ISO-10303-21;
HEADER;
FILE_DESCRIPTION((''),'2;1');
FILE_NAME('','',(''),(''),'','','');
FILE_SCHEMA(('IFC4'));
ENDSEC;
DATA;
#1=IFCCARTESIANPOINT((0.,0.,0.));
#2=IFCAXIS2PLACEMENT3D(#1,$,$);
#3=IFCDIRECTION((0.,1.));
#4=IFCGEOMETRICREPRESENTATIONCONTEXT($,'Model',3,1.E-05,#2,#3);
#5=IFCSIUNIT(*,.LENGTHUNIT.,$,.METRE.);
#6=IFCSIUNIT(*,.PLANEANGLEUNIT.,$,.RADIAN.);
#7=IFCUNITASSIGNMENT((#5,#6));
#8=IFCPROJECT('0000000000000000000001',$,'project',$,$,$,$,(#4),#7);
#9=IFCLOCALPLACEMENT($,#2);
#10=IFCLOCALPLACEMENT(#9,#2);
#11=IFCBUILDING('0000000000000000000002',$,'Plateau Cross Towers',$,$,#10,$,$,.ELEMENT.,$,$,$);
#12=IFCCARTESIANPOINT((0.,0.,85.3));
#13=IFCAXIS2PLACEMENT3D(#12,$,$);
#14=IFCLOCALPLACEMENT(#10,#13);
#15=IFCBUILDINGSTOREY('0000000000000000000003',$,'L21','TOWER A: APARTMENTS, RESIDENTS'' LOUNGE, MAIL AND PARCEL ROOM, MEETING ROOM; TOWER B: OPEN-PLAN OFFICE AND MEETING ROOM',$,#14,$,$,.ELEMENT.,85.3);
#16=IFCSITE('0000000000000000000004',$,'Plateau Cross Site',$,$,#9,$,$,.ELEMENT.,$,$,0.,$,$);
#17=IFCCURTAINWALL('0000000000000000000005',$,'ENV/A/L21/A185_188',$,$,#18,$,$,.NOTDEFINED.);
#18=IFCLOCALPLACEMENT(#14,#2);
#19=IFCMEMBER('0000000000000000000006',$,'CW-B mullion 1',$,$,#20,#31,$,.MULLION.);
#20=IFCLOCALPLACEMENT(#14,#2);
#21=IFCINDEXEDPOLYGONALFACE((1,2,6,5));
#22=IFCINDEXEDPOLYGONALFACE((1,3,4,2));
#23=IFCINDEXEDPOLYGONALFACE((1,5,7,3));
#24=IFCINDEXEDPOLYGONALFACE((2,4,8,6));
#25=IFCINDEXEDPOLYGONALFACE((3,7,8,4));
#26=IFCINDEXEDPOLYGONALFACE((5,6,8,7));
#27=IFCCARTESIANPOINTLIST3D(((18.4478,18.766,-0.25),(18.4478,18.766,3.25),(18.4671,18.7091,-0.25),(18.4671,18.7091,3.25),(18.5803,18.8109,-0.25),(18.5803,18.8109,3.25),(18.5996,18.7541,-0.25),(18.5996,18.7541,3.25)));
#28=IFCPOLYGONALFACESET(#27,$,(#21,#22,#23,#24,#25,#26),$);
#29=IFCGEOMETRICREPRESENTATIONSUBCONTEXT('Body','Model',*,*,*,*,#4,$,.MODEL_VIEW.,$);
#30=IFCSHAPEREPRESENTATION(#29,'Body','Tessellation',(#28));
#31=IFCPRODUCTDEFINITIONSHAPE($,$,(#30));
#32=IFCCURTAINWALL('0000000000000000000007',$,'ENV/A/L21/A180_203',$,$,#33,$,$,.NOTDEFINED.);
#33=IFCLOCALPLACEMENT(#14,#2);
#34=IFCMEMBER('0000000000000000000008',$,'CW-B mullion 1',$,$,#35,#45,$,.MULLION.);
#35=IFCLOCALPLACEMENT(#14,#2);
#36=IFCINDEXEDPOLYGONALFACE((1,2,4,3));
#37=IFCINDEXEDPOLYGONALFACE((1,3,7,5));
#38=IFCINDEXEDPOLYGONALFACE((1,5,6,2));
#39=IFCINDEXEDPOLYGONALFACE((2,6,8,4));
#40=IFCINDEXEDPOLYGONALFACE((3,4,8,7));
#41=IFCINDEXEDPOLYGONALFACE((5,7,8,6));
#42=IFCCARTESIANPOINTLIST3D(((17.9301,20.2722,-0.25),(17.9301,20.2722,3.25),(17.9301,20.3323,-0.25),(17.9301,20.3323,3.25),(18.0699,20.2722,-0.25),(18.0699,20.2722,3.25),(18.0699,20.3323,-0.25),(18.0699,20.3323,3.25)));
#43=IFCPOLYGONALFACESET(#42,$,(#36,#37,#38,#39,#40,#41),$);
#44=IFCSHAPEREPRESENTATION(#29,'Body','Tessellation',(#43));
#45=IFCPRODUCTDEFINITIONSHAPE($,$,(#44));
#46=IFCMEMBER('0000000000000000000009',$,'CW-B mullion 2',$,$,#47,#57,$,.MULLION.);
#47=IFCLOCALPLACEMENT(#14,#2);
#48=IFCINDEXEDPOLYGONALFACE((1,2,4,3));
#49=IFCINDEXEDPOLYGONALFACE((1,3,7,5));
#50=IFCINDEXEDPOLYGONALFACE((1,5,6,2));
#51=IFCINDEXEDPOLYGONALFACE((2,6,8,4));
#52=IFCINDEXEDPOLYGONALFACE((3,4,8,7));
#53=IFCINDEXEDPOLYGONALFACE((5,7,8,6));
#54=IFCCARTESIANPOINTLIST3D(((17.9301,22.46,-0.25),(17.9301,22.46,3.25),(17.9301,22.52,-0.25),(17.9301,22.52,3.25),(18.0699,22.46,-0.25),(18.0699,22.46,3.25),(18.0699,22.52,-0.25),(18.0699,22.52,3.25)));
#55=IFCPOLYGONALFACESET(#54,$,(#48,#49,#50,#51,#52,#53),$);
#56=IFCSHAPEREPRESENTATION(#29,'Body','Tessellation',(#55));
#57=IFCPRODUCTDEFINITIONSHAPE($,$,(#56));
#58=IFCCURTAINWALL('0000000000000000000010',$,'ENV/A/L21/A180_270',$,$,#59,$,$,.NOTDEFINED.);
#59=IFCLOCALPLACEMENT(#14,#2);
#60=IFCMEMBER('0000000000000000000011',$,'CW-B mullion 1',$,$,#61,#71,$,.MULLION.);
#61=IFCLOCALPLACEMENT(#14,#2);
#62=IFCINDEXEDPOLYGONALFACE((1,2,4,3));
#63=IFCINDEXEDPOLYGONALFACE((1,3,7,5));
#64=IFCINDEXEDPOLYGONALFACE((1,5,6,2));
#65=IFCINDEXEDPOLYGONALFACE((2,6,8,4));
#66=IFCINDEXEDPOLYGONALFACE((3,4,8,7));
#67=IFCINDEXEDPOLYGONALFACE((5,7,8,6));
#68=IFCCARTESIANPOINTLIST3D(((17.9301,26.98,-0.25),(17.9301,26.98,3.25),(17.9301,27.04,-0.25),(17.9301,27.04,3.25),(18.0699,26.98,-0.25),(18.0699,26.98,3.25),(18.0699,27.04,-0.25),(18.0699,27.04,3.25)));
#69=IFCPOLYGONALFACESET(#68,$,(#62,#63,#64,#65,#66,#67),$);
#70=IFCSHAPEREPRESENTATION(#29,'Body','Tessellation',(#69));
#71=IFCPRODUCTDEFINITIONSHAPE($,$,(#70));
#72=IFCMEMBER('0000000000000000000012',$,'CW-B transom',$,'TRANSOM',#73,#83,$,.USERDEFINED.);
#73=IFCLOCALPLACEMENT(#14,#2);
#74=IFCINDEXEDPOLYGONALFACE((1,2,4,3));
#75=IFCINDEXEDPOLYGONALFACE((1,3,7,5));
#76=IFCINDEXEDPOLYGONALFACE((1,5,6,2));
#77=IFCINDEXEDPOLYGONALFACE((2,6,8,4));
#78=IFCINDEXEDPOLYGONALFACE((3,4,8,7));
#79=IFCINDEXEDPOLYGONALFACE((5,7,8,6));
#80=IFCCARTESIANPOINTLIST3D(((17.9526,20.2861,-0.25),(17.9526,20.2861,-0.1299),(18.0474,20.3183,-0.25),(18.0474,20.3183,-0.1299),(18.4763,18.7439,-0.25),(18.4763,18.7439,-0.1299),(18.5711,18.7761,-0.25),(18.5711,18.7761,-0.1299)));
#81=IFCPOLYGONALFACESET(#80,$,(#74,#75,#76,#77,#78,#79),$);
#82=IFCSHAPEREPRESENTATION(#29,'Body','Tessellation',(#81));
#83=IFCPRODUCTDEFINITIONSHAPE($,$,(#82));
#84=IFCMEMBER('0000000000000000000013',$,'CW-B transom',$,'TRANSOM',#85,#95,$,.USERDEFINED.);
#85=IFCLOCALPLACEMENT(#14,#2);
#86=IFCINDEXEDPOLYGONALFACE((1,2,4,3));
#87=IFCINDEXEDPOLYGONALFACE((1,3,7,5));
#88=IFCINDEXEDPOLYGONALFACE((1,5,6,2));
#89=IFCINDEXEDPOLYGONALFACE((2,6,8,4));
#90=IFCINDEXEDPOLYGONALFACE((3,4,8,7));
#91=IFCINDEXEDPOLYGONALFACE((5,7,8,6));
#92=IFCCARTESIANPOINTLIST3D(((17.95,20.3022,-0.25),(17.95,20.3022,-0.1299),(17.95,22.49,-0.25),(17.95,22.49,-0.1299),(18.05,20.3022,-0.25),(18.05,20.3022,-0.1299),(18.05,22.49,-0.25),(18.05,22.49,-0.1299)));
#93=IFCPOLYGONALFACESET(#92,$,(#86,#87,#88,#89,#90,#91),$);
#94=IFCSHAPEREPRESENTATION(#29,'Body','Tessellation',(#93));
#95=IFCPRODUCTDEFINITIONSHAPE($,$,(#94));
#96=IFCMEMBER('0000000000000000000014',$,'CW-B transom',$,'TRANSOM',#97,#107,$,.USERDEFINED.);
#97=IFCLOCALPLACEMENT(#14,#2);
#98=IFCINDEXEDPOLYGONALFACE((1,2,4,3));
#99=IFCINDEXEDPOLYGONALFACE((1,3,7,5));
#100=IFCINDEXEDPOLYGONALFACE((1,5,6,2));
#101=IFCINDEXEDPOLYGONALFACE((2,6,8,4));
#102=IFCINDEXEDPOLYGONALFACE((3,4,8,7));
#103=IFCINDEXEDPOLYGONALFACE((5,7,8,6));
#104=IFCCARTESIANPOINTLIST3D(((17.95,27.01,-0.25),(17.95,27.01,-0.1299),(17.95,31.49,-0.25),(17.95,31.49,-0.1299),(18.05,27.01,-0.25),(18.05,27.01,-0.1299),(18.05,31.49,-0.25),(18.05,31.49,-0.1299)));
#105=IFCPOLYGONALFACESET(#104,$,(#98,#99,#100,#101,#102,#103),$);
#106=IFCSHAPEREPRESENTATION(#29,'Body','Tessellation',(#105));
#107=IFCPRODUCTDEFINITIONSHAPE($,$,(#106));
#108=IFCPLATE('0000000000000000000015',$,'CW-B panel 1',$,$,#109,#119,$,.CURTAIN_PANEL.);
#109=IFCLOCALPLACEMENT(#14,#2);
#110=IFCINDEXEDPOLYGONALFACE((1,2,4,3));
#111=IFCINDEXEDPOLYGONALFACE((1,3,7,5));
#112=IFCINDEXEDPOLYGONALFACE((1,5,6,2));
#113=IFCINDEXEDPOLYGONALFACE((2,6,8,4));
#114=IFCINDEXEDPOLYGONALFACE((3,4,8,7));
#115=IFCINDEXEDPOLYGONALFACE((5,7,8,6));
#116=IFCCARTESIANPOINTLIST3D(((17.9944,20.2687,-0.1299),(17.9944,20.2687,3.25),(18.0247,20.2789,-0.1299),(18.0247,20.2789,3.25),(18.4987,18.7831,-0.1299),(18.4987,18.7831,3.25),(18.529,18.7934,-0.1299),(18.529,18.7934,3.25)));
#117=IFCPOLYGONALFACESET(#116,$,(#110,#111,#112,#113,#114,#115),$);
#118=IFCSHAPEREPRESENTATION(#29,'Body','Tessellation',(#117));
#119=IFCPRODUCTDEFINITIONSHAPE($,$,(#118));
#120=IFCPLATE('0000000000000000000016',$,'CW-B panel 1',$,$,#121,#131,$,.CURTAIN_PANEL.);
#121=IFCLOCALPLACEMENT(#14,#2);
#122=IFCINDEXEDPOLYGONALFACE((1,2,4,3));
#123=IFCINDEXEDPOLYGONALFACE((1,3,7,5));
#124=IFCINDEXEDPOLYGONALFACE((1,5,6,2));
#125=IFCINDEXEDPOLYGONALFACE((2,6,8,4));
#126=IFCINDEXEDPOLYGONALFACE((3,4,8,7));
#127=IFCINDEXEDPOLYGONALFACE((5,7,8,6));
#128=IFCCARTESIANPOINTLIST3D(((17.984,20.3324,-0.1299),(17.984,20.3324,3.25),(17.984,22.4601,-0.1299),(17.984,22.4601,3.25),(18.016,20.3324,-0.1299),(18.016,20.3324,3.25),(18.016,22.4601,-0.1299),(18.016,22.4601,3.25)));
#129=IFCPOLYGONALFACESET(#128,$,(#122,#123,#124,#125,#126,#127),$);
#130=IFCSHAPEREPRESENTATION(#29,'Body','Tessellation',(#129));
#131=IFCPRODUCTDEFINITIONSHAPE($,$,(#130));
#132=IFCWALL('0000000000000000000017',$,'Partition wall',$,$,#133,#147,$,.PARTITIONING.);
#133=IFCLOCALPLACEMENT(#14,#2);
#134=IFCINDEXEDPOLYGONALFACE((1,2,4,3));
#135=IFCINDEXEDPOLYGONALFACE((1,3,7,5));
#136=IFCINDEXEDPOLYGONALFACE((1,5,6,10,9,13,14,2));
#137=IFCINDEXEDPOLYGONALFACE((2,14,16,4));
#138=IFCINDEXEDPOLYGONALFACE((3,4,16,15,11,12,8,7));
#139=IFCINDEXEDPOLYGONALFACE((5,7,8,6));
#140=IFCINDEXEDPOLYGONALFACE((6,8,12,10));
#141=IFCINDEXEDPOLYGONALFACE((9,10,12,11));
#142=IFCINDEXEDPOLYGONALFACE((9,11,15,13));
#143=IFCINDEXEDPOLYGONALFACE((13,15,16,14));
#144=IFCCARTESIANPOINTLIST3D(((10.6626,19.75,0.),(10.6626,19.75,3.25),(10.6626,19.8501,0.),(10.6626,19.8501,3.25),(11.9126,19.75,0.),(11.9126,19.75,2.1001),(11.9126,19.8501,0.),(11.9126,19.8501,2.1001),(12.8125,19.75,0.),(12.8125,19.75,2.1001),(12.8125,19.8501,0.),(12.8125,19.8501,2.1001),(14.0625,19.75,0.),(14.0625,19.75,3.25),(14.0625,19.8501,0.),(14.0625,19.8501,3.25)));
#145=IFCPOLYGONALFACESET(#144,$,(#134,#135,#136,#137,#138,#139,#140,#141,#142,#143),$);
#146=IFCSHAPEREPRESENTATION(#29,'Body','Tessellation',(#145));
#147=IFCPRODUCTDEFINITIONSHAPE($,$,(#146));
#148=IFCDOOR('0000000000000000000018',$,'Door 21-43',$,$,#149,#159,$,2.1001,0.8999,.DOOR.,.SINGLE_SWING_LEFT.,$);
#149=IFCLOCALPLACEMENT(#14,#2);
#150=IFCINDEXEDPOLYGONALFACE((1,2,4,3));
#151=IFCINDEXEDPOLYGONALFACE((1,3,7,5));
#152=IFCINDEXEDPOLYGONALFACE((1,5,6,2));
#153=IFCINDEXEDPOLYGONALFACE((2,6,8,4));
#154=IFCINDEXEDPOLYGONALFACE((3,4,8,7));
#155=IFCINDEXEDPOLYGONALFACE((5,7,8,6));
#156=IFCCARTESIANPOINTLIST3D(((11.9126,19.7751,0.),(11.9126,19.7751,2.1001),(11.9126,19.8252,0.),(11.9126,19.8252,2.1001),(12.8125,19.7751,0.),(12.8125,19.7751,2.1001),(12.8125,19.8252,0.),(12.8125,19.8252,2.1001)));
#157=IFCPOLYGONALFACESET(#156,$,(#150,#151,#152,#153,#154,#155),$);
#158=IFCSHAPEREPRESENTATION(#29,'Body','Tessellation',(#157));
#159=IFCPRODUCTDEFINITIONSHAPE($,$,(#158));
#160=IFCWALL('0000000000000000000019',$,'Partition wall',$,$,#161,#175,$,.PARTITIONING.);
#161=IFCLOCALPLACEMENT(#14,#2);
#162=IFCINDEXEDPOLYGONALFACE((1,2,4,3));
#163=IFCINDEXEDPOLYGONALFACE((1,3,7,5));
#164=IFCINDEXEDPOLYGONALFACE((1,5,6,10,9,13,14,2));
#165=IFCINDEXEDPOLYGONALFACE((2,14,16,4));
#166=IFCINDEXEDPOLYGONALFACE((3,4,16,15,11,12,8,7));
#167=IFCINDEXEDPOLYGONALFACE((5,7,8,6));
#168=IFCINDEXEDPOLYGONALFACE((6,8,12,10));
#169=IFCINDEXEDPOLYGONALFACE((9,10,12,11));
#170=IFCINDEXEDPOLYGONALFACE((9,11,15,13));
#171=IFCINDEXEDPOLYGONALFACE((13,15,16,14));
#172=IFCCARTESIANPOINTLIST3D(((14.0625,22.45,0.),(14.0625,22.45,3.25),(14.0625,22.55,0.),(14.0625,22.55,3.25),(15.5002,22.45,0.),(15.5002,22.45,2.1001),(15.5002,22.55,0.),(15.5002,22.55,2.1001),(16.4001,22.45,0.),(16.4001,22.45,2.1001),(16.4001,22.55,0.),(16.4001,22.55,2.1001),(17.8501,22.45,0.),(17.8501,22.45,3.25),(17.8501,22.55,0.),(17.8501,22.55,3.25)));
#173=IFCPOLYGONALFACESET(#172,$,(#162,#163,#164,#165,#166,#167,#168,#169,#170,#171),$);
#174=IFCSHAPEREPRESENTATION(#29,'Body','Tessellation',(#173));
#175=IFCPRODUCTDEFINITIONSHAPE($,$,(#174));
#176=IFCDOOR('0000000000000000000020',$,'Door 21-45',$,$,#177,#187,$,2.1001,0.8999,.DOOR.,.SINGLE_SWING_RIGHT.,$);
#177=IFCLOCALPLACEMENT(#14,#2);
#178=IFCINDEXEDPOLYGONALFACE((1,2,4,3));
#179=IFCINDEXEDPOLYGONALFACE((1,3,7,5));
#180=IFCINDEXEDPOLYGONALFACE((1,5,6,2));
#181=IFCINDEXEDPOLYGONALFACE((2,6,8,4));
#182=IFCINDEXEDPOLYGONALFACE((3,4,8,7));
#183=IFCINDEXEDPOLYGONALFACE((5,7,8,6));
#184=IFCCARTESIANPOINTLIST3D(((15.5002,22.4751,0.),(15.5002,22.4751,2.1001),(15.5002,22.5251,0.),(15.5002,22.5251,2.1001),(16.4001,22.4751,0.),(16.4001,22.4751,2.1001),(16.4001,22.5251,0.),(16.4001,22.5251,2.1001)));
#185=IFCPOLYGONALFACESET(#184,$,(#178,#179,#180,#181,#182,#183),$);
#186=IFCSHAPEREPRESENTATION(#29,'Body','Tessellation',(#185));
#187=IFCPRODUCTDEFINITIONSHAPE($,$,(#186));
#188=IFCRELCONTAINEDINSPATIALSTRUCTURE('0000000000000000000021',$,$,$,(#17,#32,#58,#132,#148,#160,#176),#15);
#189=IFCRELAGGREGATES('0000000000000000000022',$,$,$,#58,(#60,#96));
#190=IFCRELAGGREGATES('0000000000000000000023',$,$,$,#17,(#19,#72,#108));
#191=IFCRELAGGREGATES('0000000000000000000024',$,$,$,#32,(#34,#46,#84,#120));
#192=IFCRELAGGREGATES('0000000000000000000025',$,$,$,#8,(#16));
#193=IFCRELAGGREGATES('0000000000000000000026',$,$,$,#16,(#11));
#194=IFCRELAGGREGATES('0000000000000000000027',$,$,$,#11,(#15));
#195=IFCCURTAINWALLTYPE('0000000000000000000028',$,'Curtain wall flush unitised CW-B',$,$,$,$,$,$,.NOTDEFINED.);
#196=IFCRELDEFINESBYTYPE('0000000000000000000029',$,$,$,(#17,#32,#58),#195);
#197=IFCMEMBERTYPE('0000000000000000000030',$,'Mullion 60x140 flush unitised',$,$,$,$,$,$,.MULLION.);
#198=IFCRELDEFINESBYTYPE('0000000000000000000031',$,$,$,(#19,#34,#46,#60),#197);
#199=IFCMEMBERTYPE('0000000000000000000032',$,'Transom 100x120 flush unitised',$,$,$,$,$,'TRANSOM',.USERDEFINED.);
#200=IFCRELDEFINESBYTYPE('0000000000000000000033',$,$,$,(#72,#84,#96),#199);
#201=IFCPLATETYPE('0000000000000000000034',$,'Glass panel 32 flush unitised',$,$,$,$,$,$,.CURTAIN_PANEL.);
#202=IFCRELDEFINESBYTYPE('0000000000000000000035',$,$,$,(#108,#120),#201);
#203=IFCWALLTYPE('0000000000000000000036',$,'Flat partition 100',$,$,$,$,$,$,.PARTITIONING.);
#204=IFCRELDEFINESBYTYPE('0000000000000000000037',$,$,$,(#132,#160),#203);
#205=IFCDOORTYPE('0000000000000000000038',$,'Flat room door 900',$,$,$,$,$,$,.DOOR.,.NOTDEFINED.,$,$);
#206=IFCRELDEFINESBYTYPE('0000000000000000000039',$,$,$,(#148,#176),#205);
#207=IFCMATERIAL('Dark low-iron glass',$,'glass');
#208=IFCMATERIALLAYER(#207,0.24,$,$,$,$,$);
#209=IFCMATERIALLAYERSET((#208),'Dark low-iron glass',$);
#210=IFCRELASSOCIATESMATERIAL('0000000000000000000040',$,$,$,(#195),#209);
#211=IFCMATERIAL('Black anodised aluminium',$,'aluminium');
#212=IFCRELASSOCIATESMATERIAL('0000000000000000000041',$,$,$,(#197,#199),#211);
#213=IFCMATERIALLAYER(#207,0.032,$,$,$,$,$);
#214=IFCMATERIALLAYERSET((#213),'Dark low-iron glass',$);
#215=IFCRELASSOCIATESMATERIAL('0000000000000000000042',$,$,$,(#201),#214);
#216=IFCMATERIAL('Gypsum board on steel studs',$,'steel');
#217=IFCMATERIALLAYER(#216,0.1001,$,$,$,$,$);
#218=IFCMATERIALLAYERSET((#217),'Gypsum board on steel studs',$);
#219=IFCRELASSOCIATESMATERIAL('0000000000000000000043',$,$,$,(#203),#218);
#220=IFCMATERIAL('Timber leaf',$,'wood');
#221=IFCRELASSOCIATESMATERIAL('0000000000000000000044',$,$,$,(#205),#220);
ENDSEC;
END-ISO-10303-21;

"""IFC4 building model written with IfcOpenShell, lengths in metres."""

from ifc_helpers import new_model, si_unit, direction, frame, frame_2d, origin, origin_2d, place, context, subcontext, project, spatial, rectangle, extrude, material, layer, layer_set, material_profile, profile_set, type_object, element, fill, aggregate, save


model = new_model("IFC4")

# Units and contexts
model_context = context("Model", 3, precision=1e-05, world=origin(), true_north=direction((0.0, 1.0)))
body_context = subcontext(model_context, "Body", "Model", "MODEL_VIEW")
ifc_project = project(units=[si_unit("LENGTHUNIT", "METRE"), si_unit("PLANEANGLEUNIT", "RADIAN")], contexts=[model_context])

# Site, building, storey
site_placement = place(None, origin())
site = spatial("IfcSite", under=ifc_project, at=site_placement, Name="Plateau Cross Site", CompositionType="ELEMENT", RefElevation=0.0)
building_placement = place(site_placement, origin())
building = spatial("IfcBuilding", under=site, at=building_placement, Name="Plateau Cross Towers", CompositionType="ELEMENT")
storey_placement = place(building_placement, frame((0.0, 0.0, 85.3)))
storey = spatial("IfcBuildingStorey", under=building, at=storey_placement, Name="L21", Description="TOWER A: APARTMENTS, RESIDENTS' LOUNGE, MAIL AND PARCEL ROOM, MEETING ROOM; TOWER B: OPEN-PLAN OFFICE AND MEETING ROOM", CompositionType="ELEMENT", Elevation=85.3)

# Curtain wall, member
ifc_material_1 = material(Name="Dark low-iron glass", Category="glass")
ifc_layer_1 = layer(ifc_material_1, 0.24)
ifc_layer_set_1 = layer_set([ifc_layer_1], Name="Dark low-iron glass")
curtain_wall_type = type_object("IfcCurtainWallType", Name="Curtain wall flush unitised CW-B", PredefinedType="NOTDEFINED", material=ifc_layer_set_1)
curtain_wall_1_placement = place(storey_placement, origin())
curtain_wall_1 = element("IfcCurtainWall", 1, at=curtain_wall_1_placement, inside=storey, type_object=curtain_wall_type, Name="ENV/A/L21/A185_188", PredefinedType="NOTDEFINED")
ifc_material_2 = material(Name="Black anodised aluminium", Category="aluminium")
ifc_material_profile_1 = material_profile(ifc_material_2, rectangle(XDim=0.0601, YDim=0.1399, at=origin_2d()), Name="MULLION 60x140")
ifc_profile_set_1 = profile_set([ifc_material_profile_1], Name="Black anodised aluminium")
member_type_1 = type_object("IfcMemberType", Name="Mullion 60x140 flush unitised", PredefinedType="MULLION", material=ifc_profile_set_1)
member_1_placement = place(storey_placement, frame((18.5237, 18.76, -0.25), z_axis=(0.0, 0.0, 1.0), x_axis=(-0.321469, 0.94692, 0.0)))
member_1 = element("IfcMember", 2, at=member_1_placement, type_object=member_type_1, Name="CW-B mullion 1", PredefinedType="MULLION", context=body_context, shape_type="SweptSolid", body=[
    extrude(rectangle(XDim=0.0601, YDim=0.1399, at=origin_2d()), origin(), (0.0, 0.0, 1.0), 3.5),
])

# Curtain wall, members
curtain_wall_2_placement = place(storey_placement, origin())
curtain_wall_2 = element("IfcCurtainWall", 3, at=curtain_wall_2_placement, inside=storey, type_object=curtain_wall_type, Name="ENV/A/L21/A180_203", PredefinedType="NOTDEFINED")
member_2_placement = place(storey_placement, frame((18.0, 20.3022, -0.25), z_axis=(0.0, 0.0, 1.0), x_axis=(0.0, 1.0, 0.0)))
member_2 = element("IfcMember", 4, at=member_2_placement, type_object=member_type_1, Name="CW-B mullion 1", PredefinedType="MULLION", context=body_context, shape_type="SweptSolid", body=[
    extrude(rectangle(XDim=0.0601, YDim=0.1399, at=origin_2d()), origin(), (0.0, 0.0, 1.0), 3.5),
])
member_3_placement = place(storey_placement, frame((18.0, 22.49, -0.25), z_axis=(0.0, 0.0, 1.0), x_axis=(0.0, 1.0, 0.0)))
member_3 = element("IfcMember", 5, at=member_3_placement, type_object=member_type_1, Name="CW-B mullion 2", PredefinedType="MULLION", context=body_context, shape_type="SweptSolid", body=[
    extrude(rectangle(XDim=0.0601, YDim=0.1399, at=origin_2d()), origin(), (0.0, 0.0, 1.0), 3.5),
])

# Curtain wall, member
curtain_wall_3_placement = place(storey_placement, origin())
curtain_wall_3 = element("IfcCurtainWall", 6, at=curtain_wall_3_placement, inside=storey, type_object=curtain_wall_type, Name="ENV/A/L21/A180_270", PredefinedType="NOTDEFINED")
member_4_placement = place(storey_placement, frame((18.0, 27.01, -0.25), z_axis=(0.0, 0.0, 1.0), x_axis=(0.0, 1.0, 0.0)))
member_4 = element("IfcMember", 7, at=member_4_placement, type_object=member_type_1, Name="CW-B mullion 1", PredefinedType="MULLION", context=body_context, shape_type="SweptSolid", body=[
    extrude(rectangle(XDim=0.0601, YDim=0.1399, at=origin_2d()), origin(), (0.0, 0.0, 1.0), 3.5),
])

# Members
ifc_material_profile_2 = material_profile(ifc_material_2, rectangle(XDim=0.1001, YDim=0.1201, at=origin_2d()), Name="TRANSOM 100x120")
ifc_profile_set_2 = profile_set([ifc_material_profile_2], Name="Black anodised aluminium")
member_type_2 = type_object("IfcMemberType", Name="Transom 100x120 flush unitised", ElementType="TRANSOM", PredefinedType="USERDEFINED", material=ifc_profile_set_2)
member_5_placement = place(storey_placement, frame((18.5237, 18.76, -0.1899), z_axis=(-0.321529, 0.9469, 0.0), x_axis=(-0.9469, -0.321529, 0.0)))
member_5 = element("IfcMember", 8, at=member_5_placement, type_object=member_type_2, Name="CW-B transom", ObjectType="TRANSOM", PredefinedType="USERDEFINED", context=body_context, shape_type="SweptSolid", body=[
    extrude(rectangle(XDim=0.1001, YDim=0.1201, at=origin_2d()), origin(), (0.0, 0.0, 1.0), 1.6287),
])
member_6_placement = place(storey_placement, frame((18.0, 20.3022, -0.1899), z_axis=(0.0, 1.0, 0.0), x_axis=(-1.0, 0.0, 0.0)))
member_6 = element("IfcMember", 9, at=member_6_placement, type_object=member_type_2, Name="CW-B transom", ObjectType="TRANSOM", PredefinedType="USERDEFINED", context=body_context, shape_type="SweptSolid", body=[
    extrude(rectangle(XDim=0.1001, YDim=0.1201, at=origin_2d()), origin(), (0.0, 0.0, 1.0), 2.1877),
])
member_7_placement = place(storey_placement, frame((18.0, 27.01, -0.1899), z_axis=(0.0, 1.0, 0.0), x_axis=(-1.0, 0.0, 0.0)))
member_7 = element("IfcMember", 10, at=member_7_placement, type_object=member_type_2, Name="CW-B transom", ObjectType="TRANSOM", PredefinedType="USERDEFINED", context=body_context, shape_type="SweptSolid", body=[
    extrude(rectangle(XDim=0.1001, YDim=0.1201, at=origin_2d()), origin(), (0.0, 0.0, 1.0), 4.48),
])
aggregate(curtain_wall_3, [member_4, member_7])

# Plates
ifc_layer_2 = layer(ifc_material_1, 0.032)
ifc_layer_set_2 = layer_set([ifc_layer_2], Name="Dark low-iron glass")
plate_type = type_object("IfcPlateType", Name="Glass panel 32 flush unitised", PredefinedType="CURTAIN_PANEL", material=ifc_layer_set_2)
plate_1_placement = place(storey_placement, frame((18.2617, 19.531, -0.1299), z_axis=(0.0, 0.0, 1.0), x_axis=(-0.321469, 0.94692, 0.0)))
plate_1 = element("IfcPlate", 11, at=plate_1_placement, type_object=plate_type, Name="CW-B panel 1", PredefinedType="CURTAIN_PANEL", context=body_context, shape_type="SweptSolid", body=[
    extrude(rectangle(XDim=1.5688, YDim=0.032, at=origin_2d()), origin(), (0.0, 0.0, 1.0), 3.3799),
])
aggregate(curtain_wall_1, [member_1, member_5, plate_1])
plate_2_placement = place(storey_placement, frame((18.0, 21.3962, -0.1299), z_axis=(0.0, 0.0, 1.0), x_axis=(0.0, 1.0, 0.0)))
plate_2 = element("IfcPlate", 12, at=plate_2_placement, type_object=plate_type, Name="CW-B panel 1", PredefinedType="CURTAIN_PANEL", context=body_context, shape_type="SweptSolid", body=[
    extrude(rectangle(XDim=2.1277, YDim=0.032, at=origin_2d()), origin(), (0.0, 0.0, 1.0), 3.3799),
])
aggregate(curtain_wall_2, [member_2, member_3, member_6, plate_2])

# Walls, openings, doors
ifc_material_3 = material(Name="Gypsum board on steel studs", Category="steel")
ifc_layer_3 = layer(ifc_material_3, 0.1001)
ifc_layer_set_3 = layer_set([ifc_layer_3], Name="Gypsum board on steel studs")
wall_type_1 = type_object("IfcWallType", Name="Flat partition 100", PredefinedType="PARTITIONING", material=ifc_layer_set_3)
wall_1_placement = place(storey_placement, frame((14.0625, 19.8, 0.0), z_axis=(0.0, 0.0, 1.0), x_axis=(-1.0, 0.0, 0.0)))
wall_1 = element("IfcWall", 13, at=wall_1_placement, inside=storey, type_object=wall_type_1, Name="Partition wall", PredefinedType="PARTITIONING", context=body_context, shape_type="SweptSolid", body=[
    extrude(rectangle(XDim=3.3999, YDim=0.1001, at=frame_2d((1.7, 0.0))), origin(), (0.0, 0.0, 1.0), 3.25),
])
opening_1_placement = place(wall_1_placement, frame((1.25, 0.0, 0.0)))
opening_1 = element("IfcOpeningElement", 14, at=opening_1_placement, cuts=wall_1, PredefinedType="OPENING", context=body_context, shape_type="SweptSolid", body=[
    extrude(rectangle(XDim=0.8999, YDim=2.1001, at=frame_2d((0.45, 1.05))), frame((0.0, 0.0601, 0.0), z_axis=(0.0, -1.0, 0.0), x_axis=(1.0, 0.0, 0.0)), (0.0, 0.0, 1.0), 0.1201),
])
ifc_material_4 = material(Name="Timber leaf", Category="wood")
door_type_1 = type_object("IfcDoorType", Name="Flat room door 900", OperationType="NOTDEFINED", PredefinedType="DOOR", material=ifc_material_4)
door_1_placement = place(opening_1_placement, origin())
door_1 = element("IfcDoor", 15, at=door_1_placement, inside=storey, type_object=door_type_1, Name="Door 21-43", OperationType="SINGLE_SWING_LEFT", OverallHeight=2.1001, OverallWidth=0.8999, PredefinedType="DOOR", context=body_context, shape_type="SweptSolid", body=[
    extrude(rectangle(XDim=0.8999, YDim=2.1001, at=frame_2d((0.45, 1.05))), frame((0.0, 0.0249, 0.0), z_axis=(0.0, -1.0, 0.0), x_axis=(1.0, 0.0, 0.0)), (0.0, 0.0, 1.0), 0.05),
])
fill(opening_1, door_1)
wall_2_placement = place(storey_placement, frame((17.8501, 22.5, 0.0), z_axis=(0.0, 0.0, 1.0), x_axis=(-1.0, 0.0, 0.0)))
wall_2 = element("IfcWall", 16, at=wall_2_placement, inside=storey, type_object=wall_type_1, Name="Partition wall", PredefinedType="PARTITIONING", context=body_context, shape_type="SweptSolid", body=[
    extrude(rectangle(XDim=3.7876, YDim=0.1001, at=frame_2d((1.8938, 0.0))), origin(), (0.0, 0.0, 1.0), 3.25),
])
opening_2_placement = place(wall_2_placement, frame((1.45, 0.0, 0.0)))
opening_2 = element("IfcOpeningElement", 17, at=opening_2_placement, cuts=wall_2, PredefinedType="OPENING", context=body_context, shape_type="SweptSolid", body=[
    extrude(rectangle(XDim=0.8999, YDim=2.1001, at=frame_2d((0.45, 1.05))), frame((0.0, 0.0601, 0.0), z_axis=(0.0, -1.0, 0.0), x_axis=(1.0, 0.0, 0.0)), (0.0, 0.0, 1.0), 0.1201),
])
door_2_placement = place(opening_2_placement, origin())
door_2 = element("IfcDoor", 18, at=door_2_placement, inside=storey, type_object=door_type_1, Name="Door 21-45", OperationType="SINGLE_SWING_RIGHT", OverallHeight=2.1001, OverallWidth=0.8999, PredefinedType="DOOR", context=body_context, shape_type="SweptSolid", body=[
    extrude(rectangle(XDim=0.8999, YDim=2.1001, at=frame_2d((0.45, 1.05))), frame((0.0, 0.0249, 0.0), z_axis=(0.0, -1.0, 0.0), x_axis=(1.0, 0.0, 0.0)), (0.0, 0.0, 1.0), 0.05),
])
fill(opening_2, door_2)

save(model, "model.ifc")
